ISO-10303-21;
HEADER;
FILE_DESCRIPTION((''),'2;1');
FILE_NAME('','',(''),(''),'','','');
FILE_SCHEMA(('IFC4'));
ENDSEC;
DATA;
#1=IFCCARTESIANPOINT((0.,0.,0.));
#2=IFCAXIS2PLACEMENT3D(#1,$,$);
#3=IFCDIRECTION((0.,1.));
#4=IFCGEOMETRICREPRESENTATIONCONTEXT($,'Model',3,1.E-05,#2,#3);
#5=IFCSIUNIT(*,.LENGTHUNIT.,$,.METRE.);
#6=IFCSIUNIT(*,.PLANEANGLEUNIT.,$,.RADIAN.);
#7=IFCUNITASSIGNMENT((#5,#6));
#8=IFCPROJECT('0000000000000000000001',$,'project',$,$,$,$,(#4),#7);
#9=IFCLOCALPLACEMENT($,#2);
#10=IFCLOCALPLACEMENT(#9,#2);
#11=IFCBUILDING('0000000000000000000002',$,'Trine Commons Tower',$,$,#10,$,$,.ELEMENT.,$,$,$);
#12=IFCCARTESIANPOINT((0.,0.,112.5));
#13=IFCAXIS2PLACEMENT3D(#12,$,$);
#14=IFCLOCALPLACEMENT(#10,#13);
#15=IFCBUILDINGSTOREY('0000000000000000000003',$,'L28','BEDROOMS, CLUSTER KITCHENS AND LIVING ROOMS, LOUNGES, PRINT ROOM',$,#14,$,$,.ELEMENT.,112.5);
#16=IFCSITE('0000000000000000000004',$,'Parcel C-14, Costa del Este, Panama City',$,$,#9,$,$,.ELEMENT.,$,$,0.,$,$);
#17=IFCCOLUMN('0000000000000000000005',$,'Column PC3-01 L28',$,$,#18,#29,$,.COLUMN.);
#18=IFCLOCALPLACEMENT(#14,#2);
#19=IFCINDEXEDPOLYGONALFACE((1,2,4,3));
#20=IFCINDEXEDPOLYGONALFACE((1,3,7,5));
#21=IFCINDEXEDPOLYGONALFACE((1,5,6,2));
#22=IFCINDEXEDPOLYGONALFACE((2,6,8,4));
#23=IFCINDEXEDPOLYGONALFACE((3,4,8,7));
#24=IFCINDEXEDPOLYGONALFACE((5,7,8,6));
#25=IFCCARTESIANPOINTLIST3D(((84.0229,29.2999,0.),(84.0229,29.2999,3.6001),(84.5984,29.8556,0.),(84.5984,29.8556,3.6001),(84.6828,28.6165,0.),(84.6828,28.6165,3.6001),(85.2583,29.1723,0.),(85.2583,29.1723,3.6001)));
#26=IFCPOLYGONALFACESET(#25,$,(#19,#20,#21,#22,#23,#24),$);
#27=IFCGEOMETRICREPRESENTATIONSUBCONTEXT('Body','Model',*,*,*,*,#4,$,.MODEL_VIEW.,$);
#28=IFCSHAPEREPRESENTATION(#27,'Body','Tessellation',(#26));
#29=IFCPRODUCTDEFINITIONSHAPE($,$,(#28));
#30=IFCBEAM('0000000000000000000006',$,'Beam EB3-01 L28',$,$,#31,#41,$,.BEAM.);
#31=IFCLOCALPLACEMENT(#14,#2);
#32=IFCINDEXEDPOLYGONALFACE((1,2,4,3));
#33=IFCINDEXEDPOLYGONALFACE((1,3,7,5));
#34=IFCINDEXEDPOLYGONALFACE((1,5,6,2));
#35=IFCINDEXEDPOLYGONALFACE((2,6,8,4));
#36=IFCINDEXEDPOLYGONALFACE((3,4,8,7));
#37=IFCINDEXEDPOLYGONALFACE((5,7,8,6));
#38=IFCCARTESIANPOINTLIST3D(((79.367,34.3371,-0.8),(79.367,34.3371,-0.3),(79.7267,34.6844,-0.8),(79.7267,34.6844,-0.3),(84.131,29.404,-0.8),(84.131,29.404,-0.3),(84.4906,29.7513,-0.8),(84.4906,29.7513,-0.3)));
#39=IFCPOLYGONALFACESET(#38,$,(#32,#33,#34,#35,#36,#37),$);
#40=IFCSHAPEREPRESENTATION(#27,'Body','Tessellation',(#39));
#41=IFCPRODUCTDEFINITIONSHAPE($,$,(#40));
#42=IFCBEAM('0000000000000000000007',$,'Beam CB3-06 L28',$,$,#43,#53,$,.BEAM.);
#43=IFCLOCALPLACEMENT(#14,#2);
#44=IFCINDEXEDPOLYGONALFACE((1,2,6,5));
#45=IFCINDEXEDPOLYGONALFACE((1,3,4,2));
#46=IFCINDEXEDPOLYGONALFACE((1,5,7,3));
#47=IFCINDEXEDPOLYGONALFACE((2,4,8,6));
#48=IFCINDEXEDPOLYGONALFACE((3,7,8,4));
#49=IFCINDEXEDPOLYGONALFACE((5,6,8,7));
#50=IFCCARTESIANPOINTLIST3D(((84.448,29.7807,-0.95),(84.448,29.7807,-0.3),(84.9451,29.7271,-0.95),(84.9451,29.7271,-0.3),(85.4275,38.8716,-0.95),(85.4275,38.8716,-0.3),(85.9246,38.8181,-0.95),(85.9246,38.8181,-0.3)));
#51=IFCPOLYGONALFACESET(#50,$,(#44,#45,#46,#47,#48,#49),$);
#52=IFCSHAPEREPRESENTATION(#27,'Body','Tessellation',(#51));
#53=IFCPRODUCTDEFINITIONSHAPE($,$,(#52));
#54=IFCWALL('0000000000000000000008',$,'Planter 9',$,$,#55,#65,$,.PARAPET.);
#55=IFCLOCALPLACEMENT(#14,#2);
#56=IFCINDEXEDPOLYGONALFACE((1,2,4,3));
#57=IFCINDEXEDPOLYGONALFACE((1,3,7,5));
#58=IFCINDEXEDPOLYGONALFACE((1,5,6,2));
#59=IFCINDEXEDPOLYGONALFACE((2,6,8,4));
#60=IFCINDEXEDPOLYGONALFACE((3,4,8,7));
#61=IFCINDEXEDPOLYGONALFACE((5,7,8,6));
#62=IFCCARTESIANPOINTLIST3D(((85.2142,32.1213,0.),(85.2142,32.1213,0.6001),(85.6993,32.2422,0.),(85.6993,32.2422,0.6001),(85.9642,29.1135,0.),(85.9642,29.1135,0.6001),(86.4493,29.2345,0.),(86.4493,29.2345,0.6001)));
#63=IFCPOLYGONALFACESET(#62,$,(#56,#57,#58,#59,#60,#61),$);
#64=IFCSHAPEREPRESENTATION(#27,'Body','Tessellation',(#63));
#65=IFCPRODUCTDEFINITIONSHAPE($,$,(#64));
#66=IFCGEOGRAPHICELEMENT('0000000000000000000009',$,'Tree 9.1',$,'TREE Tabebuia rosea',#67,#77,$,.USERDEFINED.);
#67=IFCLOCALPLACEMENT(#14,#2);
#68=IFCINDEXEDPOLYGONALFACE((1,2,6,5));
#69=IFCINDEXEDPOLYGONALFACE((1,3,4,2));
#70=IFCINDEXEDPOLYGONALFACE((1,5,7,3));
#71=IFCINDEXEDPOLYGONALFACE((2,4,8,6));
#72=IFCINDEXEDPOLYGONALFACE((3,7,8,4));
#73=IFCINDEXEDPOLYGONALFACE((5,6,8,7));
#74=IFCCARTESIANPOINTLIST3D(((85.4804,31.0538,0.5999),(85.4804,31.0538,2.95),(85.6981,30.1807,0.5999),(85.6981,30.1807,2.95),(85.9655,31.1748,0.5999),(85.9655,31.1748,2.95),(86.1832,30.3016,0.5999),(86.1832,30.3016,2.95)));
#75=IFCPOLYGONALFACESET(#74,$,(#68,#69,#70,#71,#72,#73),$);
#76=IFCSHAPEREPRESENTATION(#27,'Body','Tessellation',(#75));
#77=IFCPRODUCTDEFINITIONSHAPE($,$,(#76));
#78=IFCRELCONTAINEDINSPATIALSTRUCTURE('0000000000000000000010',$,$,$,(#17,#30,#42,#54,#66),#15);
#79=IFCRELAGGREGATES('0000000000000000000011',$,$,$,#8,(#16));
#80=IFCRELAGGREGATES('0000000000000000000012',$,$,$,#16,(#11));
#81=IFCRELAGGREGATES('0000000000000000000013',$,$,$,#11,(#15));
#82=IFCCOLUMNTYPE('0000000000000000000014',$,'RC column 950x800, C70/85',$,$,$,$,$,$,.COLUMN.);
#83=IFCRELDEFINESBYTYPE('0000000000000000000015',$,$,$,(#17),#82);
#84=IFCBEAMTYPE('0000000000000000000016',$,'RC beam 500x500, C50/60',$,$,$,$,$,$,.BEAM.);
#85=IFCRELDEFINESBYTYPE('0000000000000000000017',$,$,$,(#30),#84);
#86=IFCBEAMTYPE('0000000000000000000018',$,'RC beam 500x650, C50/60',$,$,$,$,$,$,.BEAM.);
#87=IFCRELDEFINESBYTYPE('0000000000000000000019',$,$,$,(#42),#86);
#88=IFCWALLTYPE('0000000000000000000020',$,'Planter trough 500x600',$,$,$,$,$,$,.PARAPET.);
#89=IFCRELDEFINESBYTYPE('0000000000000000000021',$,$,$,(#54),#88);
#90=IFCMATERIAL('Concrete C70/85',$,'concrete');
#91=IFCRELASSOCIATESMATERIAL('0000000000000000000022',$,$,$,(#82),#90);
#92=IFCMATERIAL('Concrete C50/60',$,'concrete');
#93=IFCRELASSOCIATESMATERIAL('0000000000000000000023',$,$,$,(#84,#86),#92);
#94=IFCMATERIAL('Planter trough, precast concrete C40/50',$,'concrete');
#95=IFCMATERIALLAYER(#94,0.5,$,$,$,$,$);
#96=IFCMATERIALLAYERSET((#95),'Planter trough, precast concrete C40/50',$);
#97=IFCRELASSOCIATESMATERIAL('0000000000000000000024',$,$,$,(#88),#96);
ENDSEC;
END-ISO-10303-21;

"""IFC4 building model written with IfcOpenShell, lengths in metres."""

from ifc_helpers import new_model, si_unit, direction, frame, frame_2d, origin, origin_2d, place, context, subcontext, project, spatial, rectangle, extrude, material, layer, layer_set, material_profile, profile_set, type_object, element, save


model = new_model("IFC4")

# Units and contexts
model_context = context("Model", 3, precision=1e-05, world=origin(), true_north=direction((0.0, 1.0)))
body_context = subcontext(model_context, "Body", "Model", "MODEL_VIEW")
ifc_project = project(units=[si_unit("LENGTHUNIT", "METRE"), si_unit("PLANEANGLEUNIT", "RADIAN")], contexts=[model_context])

# Site, building, storey
site_placement = place(None, origin())
site = spatial("IfcSite", under=ifc_project, at=site_placement, Name="Parcel C-14, Costa del Este, Panama City", CompositionType="ELEMENT", RefElevation=0.0)
building_placement = place(site_placement, origin())
building = spatial("IfcBuilding", under=site, at=building_placement, Name="Trine Commons Tower", CompositionType="ELEMENT")
storey_placement = place(building_placement, frame((0.0, 0.0, 112.5)))
storey = spatial("IfcBuildingStorey", under=building, at=storey_placement, Name="L28", Description="BEDROOMS, CLUSTER KITCHENS AND LIVING ROOMS, LOUNGES, PRINT ROOM", CompositionType="ELEMENT", Elevation=112.5)

# Column
ifc_material_1 = material(Name="Concrete C70/85", Category="concrete")
ifc_material_profile_1 = material_profile(ifc_material_1, rectangle(XDim=0.95, YDim=0.8, at=origin_2d()), Name="RC 950x800")
ifc_profile_set_1 = profile_set([ifc_material_profile_1], Name="Concrete C70/85")
column_type = type_object("IfcColumnType", Name="RC column 950x800, C70/85", PredefinedType="COLUMN", material=ifc_profile_set_1)
column_placement = place(storey_placement, frame((84.6406, 29.2361, 0.0), z_axis=(0.0, 0.0, 1.0), x_axis=(-0.694658, 0.71934, 0.0)))
element("IfcColumn", 1, at=column_placement, inside=storey, type_object=column_type, Name="Column PC3-01 L28", PredefinedType="COLUMN", context=body_context, shape_type="SweptSolid", body=[
    extrude(rectangle(XDim=0.95, YDim=0.8, at=origin_2d()), origin(), (0.0, 0.0, 1.0), 3.6001),
])

# Beams
ifc_material_2 = material(Name="Concrete C50/60", Category="concrete")
ifc_material_profile_2 = material_profile(ifc_material_2, rectangle(XDim=0.5, YDim=0.5, at=origin_2d()), Name="RC 500x500")
ifc_profile_set_2 = profile_set([ifc_material_profile_2], Name="Concrete C50/60")
beam_type_1 = type_object("IfcBeamType", Name="RC beam 500x500, C50/60", PredefinedType="BEAM", material=ifc_profile_set_2)
beam_1_placement = place(storey_placement, frame((84.3108, 29.5776, -0.55), z_axis=(-0.694664, 0.719335, 0.0), x_axis=(-0.719335, -0.694664, 0.0)))
element("IfcBeam", 2, at=beam_1_placement, inside=storey, type_object=beam_type_1, Name="Beam EB3-01 L28", PredefinedType="BEAM", context=body_context, shape_type="SweptSolid", body=[
    extrude(rectangle(XDim=0.5, YDim=0.5, at=origin_2d()), origin(), (0.0, 0.0, 1.0), 6.8579),
])
ifc_material_profile_3 = material_profile(ifc_material_2, rectangle(XDim=0.5, YDim=0.6499, at=origin_2d()), Name="RC 500x650")
ifc_profile_set_3 = profile_set([ifc_material_profile_3], Name="Concrete C50/60")
beam_type_2 = type_object("IfcBeamType", Name="RC beam 500x650, C50/60", PredefinedType="BEAM", material=ifc_profile_set_3)
beam_2_placement = place(storey_placement, frame((84.6965, 29.7539, -0.625), z_axis=(0.107125, 0.994246, 0.0), x_axis=(-0.994246, 0.107125, 0.0)))
element("IfcBeam", 3, at=beam_2_placement, inside=storey, type_object=beam_type_2, Name="Beam CB3-06 L28", PredefinedType="BEAM", context=body_context, shape_type="SweptSolid", body=[
    extrude(rectangle(XDim=0.5, YDim=0.6499, at=origin_2d()), origin(), (0.0, 0.0, 1.0), 9.1436),
])

# Wall
ifc_material_3 = material(Name="Planter trough, precast concrete C40/50", Category="concrete")
ifc_layer_1 = layer(ifc_material_3, 0.5)
ifc_layer_set_1 = layer_set([ifc_layer_1], Name="Planter trough, precast concrete C40/50")
wall_type_1 = type_object("IfcWallType", Name="Planter trough 500x600", PredefinedType="PARAPET", material=ifc_layer_set_1)
wall_1_placement = place(storey_placement, frame((85.4568, 32.1816, 0.0), z_axis=(0.0, 0.0, 1.0), x_axis=(0.241943, -0.970291, 0.0)))
element("IfcWall", 4, at=wall_1_placement, inside=storey, type_object=wall_type_1, Name="Planter 9", PredefinedType="PARAPET", context=body_context, shape_type="SweptSolid", body=[
    extrude(rectangle(XDim=3.0999, YDim=0.5, at=frame_2d((1.5498, 0.0))), origin(), (0.0, 0.0, 1.0), 0.6001),
])

# Geographic element
geographic_element_placement = place(storey_placement, frame((85.8318, 30.6777, 0.5999), z_axis=(0.0, 0.0, 1.0), x_axis=(0.241908, -0.970299, 0.0)))
element("IfcGeographicElement", 5, at=geographic_element_placement, inside=storey, Name="Tree 9.1", ObjectType="TREE Tabebuia rosea", PredefinedType="USERDEFINED", context=body_context, shape_type="SweptSolid", body=[
    extrude(rectangle(XDim=0.8999, YDim=0.5, at=origin_2d()), origin(), (0.0, 0.0, 1.0), 2.3501),
])

save(model, "model.ifc")
